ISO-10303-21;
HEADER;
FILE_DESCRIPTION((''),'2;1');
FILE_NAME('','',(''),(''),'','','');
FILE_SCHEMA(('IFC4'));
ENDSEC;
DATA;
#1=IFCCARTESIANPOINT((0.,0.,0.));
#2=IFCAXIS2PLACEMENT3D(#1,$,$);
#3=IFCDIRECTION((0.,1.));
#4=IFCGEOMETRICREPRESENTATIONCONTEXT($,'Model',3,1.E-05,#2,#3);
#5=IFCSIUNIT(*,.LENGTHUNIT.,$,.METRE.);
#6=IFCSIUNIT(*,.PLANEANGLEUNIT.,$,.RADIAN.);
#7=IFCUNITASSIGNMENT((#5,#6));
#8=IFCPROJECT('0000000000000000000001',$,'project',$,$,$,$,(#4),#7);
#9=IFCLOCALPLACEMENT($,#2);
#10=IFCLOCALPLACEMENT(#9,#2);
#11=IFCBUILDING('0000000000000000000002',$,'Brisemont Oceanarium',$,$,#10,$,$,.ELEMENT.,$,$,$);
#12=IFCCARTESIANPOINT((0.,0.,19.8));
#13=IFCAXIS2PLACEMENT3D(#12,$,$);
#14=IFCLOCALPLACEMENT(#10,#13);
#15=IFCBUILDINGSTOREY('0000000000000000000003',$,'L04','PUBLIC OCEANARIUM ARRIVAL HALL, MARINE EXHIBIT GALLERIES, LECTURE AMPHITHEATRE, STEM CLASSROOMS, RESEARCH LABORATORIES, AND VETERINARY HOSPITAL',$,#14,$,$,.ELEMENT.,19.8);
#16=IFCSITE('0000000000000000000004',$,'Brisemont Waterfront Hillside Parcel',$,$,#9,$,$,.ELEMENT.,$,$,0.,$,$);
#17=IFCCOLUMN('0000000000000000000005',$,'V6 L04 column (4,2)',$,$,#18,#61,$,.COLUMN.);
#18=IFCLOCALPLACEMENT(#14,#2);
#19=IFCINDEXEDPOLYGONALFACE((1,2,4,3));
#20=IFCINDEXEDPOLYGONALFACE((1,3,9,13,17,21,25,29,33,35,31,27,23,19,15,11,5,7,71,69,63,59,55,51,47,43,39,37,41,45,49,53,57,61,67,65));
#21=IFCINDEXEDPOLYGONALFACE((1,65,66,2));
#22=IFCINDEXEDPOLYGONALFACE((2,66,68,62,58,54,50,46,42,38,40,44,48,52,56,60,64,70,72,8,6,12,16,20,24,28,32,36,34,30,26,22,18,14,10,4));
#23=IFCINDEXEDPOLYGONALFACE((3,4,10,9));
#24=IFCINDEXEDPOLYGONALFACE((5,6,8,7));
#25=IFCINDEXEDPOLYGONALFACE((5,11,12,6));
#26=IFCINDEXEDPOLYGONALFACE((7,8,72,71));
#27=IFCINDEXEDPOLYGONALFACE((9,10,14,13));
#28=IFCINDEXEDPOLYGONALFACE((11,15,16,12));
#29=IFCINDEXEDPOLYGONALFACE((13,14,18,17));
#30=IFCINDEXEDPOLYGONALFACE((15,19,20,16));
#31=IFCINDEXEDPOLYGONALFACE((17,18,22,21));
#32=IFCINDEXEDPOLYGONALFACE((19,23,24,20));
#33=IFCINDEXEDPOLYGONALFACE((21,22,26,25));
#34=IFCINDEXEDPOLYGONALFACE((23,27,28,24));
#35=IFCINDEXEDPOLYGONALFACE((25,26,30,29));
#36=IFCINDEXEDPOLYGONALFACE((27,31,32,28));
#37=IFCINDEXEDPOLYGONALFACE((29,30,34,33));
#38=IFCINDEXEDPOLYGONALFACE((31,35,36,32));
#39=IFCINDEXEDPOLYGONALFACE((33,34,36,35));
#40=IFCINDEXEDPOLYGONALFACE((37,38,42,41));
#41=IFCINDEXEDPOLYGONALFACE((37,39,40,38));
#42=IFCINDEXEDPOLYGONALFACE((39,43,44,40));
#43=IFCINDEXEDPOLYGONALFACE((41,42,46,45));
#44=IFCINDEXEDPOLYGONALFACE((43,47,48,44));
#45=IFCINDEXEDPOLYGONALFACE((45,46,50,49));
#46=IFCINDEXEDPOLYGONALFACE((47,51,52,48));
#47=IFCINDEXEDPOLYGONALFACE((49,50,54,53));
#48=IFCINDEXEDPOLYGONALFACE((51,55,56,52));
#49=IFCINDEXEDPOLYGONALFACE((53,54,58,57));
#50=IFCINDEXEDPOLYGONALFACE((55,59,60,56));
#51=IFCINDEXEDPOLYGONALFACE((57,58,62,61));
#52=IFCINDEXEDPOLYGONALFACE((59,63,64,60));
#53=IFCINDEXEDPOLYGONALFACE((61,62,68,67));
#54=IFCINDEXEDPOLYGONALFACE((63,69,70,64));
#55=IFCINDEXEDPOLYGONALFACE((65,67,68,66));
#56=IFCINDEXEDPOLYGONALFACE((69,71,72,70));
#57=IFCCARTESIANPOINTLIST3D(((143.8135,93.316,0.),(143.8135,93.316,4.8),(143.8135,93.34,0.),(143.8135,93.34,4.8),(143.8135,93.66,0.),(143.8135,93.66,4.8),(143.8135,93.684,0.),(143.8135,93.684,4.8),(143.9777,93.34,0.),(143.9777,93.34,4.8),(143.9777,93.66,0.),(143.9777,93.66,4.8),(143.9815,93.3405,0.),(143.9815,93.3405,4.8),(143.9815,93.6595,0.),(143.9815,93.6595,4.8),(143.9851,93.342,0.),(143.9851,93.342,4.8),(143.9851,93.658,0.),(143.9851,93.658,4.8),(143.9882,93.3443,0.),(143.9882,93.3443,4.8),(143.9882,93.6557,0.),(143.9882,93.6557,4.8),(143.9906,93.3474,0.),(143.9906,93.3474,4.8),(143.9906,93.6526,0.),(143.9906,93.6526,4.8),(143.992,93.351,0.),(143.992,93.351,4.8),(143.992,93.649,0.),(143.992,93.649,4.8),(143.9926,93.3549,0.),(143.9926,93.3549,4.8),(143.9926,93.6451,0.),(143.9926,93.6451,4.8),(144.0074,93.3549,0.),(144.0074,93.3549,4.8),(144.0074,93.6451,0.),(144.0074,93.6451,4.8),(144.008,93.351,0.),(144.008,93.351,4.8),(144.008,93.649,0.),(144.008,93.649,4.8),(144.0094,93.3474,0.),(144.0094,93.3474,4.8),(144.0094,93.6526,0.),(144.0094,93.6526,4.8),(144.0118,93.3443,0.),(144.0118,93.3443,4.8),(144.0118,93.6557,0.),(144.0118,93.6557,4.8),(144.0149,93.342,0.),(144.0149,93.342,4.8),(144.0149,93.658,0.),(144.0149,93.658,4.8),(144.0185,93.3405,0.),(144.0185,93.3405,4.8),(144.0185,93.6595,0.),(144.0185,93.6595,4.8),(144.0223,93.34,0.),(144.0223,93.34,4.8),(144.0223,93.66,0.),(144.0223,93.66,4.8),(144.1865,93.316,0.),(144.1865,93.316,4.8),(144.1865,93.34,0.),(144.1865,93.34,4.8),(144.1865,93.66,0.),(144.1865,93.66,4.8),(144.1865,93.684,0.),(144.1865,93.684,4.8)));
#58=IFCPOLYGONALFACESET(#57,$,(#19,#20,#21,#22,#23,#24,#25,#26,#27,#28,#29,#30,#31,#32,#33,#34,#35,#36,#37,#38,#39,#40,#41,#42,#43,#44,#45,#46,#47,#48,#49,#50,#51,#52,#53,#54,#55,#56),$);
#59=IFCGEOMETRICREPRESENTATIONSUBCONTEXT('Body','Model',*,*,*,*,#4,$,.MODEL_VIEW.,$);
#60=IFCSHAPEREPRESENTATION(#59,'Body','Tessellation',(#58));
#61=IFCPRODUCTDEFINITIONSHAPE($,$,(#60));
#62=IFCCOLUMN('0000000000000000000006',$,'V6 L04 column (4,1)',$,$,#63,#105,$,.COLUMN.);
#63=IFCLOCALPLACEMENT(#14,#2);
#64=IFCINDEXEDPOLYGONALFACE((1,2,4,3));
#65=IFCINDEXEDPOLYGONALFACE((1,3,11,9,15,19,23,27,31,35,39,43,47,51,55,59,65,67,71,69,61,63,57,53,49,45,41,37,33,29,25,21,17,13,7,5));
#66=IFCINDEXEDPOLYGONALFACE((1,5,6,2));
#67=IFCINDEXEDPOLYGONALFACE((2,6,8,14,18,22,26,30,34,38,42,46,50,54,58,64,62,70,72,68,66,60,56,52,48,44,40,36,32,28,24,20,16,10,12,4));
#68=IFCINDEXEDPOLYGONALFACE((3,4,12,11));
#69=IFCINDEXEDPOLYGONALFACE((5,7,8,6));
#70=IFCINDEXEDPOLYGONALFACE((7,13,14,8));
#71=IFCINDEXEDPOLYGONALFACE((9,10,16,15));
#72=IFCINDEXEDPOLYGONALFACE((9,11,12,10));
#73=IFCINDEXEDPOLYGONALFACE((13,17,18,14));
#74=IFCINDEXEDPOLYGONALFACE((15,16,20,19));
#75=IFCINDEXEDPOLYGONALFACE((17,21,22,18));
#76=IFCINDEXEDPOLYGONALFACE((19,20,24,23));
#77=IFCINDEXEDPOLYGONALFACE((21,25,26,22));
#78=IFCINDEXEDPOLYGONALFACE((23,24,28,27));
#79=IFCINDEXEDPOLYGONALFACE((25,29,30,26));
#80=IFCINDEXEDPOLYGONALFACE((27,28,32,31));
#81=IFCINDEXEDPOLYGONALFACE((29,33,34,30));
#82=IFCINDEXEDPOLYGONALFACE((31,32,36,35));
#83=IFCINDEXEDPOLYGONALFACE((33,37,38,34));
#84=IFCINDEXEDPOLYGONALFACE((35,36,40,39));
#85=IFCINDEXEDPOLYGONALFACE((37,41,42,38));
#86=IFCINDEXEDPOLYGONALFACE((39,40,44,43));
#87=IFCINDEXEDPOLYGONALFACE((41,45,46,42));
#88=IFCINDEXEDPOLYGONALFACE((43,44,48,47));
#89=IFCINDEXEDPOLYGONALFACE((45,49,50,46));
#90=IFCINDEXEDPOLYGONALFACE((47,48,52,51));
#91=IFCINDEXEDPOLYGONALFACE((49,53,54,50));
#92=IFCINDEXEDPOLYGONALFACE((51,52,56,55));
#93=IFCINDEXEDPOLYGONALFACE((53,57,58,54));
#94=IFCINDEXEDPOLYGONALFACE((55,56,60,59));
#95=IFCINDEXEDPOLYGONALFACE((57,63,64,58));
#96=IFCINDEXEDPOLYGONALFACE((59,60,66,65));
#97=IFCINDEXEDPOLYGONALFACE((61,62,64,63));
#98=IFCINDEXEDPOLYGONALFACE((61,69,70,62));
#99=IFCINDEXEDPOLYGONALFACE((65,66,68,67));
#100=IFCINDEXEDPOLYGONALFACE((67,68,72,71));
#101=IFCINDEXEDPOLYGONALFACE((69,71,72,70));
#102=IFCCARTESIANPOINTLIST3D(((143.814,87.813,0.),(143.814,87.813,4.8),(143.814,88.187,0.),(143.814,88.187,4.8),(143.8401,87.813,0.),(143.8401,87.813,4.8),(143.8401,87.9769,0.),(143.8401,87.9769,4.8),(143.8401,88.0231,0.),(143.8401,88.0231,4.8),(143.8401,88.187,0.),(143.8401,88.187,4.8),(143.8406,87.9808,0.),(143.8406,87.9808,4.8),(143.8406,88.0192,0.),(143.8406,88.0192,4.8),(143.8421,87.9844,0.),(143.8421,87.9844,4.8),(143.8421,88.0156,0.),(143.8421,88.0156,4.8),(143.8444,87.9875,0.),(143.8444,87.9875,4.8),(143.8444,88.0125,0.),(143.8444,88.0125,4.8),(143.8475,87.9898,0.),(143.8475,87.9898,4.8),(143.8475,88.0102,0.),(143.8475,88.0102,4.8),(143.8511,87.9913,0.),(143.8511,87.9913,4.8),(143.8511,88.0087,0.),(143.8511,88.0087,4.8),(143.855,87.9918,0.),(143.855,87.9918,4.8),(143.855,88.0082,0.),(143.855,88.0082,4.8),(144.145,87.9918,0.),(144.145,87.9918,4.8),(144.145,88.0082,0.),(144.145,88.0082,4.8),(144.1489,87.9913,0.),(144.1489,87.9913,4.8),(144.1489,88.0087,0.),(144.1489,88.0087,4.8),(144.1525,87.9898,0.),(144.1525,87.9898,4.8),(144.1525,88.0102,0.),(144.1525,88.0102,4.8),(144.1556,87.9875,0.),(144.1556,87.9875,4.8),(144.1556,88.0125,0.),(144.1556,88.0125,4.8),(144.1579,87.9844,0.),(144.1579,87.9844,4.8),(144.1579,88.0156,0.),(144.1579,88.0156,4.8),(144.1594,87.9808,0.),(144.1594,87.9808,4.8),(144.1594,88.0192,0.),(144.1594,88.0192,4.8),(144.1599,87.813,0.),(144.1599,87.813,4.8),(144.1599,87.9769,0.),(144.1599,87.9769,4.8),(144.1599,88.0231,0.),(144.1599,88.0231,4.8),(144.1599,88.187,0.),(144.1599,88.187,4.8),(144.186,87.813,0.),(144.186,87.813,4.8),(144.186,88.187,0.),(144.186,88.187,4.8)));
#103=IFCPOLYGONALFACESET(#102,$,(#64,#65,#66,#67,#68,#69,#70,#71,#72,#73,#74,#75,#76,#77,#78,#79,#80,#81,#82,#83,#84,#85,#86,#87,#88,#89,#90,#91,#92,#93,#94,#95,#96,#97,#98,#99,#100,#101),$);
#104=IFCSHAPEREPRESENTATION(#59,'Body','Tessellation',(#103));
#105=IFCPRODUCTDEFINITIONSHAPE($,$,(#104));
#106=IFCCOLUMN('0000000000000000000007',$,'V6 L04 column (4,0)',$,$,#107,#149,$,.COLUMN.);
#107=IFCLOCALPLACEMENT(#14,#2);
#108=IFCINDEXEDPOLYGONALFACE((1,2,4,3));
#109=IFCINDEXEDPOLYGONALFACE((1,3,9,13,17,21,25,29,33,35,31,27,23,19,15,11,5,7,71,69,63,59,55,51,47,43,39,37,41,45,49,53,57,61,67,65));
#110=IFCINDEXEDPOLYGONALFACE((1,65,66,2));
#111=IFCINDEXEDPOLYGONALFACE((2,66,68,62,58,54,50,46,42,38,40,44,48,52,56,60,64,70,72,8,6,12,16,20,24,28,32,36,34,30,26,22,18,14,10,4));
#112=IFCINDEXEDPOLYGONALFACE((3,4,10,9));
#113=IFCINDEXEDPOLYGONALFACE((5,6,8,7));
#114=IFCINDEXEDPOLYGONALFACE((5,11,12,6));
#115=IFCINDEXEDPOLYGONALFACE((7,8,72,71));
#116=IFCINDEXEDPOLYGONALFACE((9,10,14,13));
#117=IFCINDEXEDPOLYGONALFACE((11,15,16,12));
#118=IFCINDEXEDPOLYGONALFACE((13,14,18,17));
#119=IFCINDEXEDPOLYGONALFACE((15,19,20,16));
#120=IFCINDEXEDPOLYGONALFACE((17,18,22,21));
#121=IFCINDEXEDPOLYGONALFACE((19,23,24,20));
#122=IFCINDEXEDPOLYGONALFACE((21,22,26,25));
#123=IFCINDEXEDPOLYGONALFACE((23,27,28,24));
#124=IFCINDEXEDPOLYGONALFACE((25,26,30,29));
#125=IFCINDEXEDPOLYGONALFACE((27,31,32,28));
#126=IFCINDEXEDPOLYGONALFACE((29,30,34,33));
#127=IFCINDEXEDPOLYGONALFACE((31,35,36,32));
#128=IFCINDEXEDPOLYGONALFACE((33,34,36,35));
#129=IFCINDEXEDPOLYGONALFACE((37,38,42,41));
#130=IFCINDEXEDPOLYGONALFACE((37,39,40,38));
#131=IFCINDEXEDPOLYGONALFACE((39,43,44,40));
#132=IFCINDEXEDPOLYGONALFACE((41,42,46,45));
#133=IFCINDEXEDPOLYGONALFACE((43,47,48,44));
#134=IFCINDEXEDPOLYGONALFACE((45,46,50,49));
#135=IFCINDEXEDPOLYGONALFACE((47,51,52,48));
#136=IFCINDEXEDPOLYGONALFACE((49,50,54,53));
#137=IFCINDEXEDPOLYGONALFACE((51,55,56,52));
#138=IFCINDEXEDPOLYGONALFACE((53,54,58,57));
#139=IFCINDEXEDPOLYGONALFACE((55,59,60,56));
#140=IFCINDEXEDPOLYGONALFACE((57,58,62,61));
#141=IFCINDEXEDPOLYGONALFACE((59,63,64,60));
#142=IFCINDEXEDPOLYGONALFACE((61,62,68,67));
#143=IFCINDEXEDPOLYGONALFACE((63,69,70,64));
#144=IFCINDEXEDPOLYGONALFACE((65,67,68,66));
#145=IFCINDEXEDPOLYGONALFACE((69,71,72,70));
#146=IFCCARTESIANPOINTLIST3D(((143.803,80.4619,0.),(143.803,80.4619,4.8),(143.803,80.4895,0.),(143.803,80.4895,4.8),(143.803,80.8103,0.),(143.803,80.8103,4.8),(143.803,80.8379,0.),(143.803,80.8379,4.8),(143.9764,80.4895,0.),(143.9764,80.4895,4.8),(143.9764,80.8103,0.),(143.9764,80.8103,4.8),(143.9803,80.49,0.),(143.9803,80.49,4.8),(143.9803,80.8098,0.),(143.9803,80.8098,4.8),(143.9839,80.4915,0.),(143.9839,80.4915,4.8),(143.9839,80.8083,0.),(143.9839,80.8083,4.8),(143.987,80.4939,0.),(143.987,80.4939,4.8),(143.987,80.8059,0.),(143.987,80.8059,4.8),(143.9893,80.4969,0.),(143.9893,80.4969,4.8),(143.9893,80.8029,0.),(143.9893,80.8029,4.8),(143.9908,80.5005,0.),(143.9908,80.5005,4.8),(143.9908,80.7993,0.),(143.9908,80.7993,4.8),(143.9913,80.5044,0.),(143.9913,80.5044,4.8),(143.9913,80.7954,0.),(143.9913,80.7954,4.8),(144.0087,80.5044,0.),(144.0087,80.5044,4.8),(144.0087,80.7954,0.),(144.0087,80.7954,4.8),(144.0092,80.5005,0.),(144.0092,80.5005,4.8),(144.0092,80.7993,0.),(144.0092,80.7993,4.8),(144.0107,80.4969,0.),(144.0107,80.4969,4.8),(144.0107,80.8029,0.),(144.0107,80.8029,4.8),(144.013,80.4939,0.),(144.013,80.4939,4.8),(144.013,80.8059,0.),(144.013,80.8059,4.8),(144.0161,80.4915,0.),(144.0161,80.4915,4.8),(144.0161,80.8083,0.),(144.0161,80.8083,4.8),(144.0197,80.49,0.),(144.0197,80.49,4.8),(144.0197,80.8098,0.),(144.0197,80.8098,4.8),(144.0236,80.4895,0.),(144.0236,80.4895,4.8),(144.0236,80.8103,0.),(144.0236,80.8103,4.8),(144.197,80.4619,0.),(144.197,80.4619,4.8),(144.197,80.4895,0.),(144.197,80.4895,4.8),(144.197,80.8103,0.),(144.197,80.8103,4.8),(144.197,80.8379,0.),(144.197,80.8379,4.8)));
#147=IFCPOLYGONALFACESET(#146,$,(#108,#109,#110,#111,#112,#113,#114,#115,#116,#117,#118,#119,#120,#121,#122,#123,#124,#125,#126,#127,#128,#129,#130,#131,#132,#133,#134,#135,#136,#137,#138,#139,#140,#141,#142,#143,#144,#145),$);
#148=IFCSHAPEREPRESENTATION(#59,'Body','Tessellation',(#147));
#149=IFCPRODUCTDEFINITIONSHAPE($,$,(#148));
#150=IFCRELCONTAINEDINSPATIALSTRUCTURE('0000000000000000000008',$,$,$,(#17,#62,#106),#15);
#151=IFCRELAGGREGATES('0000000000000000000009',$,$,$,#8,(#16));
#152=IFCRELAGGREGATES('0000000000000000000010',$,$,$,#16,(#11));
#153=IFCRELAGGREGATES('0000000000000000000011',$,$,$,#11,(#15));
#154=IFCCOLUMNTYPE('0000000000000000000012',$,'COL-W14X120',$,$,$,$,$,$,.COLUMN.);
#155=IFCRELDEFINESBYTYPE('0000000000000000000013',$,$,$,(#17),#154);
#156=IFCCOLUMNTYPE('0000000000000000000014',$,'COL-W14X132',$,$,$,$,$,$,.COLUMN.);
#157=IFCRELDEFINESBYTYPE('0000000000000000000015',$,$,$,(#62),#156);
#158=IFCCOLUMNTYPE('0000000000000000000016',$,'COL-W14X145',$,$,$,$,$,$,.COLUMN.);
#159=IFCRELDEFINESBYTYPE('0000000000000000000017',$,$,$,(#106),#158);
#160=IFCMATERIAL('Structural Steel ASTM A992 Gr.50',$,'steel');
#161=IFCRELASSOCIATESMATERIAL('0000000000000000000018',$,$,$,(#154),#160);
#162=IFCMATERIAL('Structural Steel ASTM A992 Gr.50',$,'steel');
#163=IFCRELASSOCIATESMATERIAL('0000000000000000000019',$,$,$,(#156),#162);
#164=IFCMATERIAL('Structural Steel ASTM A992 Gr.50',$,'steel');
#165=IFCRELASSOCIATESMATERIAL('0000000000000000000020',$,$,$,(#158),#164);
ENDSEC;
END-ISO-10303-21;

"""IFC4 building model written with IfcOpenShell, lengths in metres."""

from ifc_helpers import new_model, si_unit, direction, frame, origin, origin_2d, place, context, subcontext, project, spatial, i_section, extrude, material, material_profile, profile_set, type_object, element, save


model = new_model("IFC4")

# Units and contexts
model_context = context("Model", 3, precision=1e-05, world=origin(), true_north=direction((0.0, 1.0)))
body_context = subcontext(model_context, "Body", "Model", "MODEL_VIEW")
ifc_project = project(units=[si_unit("LENGTHUNIT", "METRE"), si_unit("PLANEANGLEUNIT", "RADIAN")], contexts=[model_context])

# Site, building, storey
site_placement = place(None, origin())
site = spatial("IfcSite", under=ifc_project, at=site_placement, Name="Brisemont Waterfront Hillside Parcel", CompositionType="ELEMENT", RefElevation=0.0)
building_placement = place(site_placement, origin())
building = spatial("IfcBuilding", under=site, at=building_placement, Name="Brisemont Oceanarium", CompositionType="ELEMENT")
storey_placement = place(building_placement, frame((0.0, 0.0, 19.8)))
storey = spatial("IfcBuildingStorey", under=building, at=storey_placement, Name="L04", Description="PUBLIC OCEANARIUM ARRIVAL HALL, MARINE EXHIBIT GALLERIES, LECTURE AMPHITHEATRE, STEM CLASSROOMS, RESEARCH LABORATORIES, AND VETERINARY HOSPITAL", CompositionType="ELEMENT", Elevation=19.8)

# Columns
ifc_material_1 = material(Name="Structural Steel ASTM A992 Gr.50", Category="steel")
ifc_material_profile_1 = material_profile(ifc_material_1, i_section(OverallWidth=0.373, OverallDepth=0.3679, WebThickness=0.0149, FlangeThickness=0.0239, FilletRadius=0.0149, at=origin_2d()), Name="W14X120")
ifc_profile_set_1 = profile_set([ifc_material_profile_1], Name="Structural Steel ASTM A992 Gr.50")
column_type_1 = type_object("IfcColumnType", Name="COL-W14X120", PredefinedType="COLUMN", material=ifc_profile_set_1)
column_1_placement = place(storey_placement, frame((144.0, 93.5, 0.0), z_axis=(0.0, 0.0, 1.0), x_axis=(1.0, 0.0, 0.0)))
element("IfcColumn", 1, at=column_1_placement, inside=storey, type_object=column_type_1, Name="V6 L04 column (4,2)", PredefinedType="COLUMN", context=body_context, shape_type="SweptSolid", body=[
    extrude(i_section(OverallWidth=0.373, OverallDepth=0.3679, WebThickness=0.0149, FlangeThickness=0.0239, FilletRadius=0.0149, at=origin_2d()), origin(), (0.0, 0.0, 1.0), 4.8),
])
ifc_material_2 = material(Name="Structural Steel ASTM A992 Gr.50", Category="steel")
ifc_material_profile_2 = material_profile(ifc_material_2, i_section(OverallWidth=0.374, OverallDepth=0.3721, WebThickness=0.0164, FlangeThickness=0.0261, FilletRadius=0.0149, at=origin_2d()), Name="W14X132")
ifc_profile_set_2 = profile_set([ifc_material_profile_2], Name="Structural Steel ASTM A992 Gr.50")
column_type_2 = type_object("IfcColumnType", Name="COL-W14X132", PredefinedType="COLUMN", material=ifc_profile_set_2)
column_2_placement = place(storey_placement, frame((144.0, 88.0, 0.0), z_axis=(0.0, 0.0, 1.0), x_axis=(0.0, 1.0, 0.0)))
element("IfcColumn", 2, at=column_2_placement, inside=storey, type_object=column_type_2, Name="V6 L04 column (4,1)", PredefinedType="COLUMN", context=body_context, shape_type="SweptSolid", body=[
    extrude(i_section(OverallWidth=0.374, OverallDepth=0.3721, WebThickness=0.0164, FlangeThickness=0.0261, FilletRadius=0.0149, at=origin_2d()), origin(), (0.0, 0.0, 1.0), 4.8),
])
ifc_material_3 = material(Name="Structural Steel ASTM A992 Gr.50", Category="steel")
ifc_material_profile_3 = material_profile(ifc_material_3, i_section(OverallWidth=0.394, OverallDepth=0.376, WebThickness=0.0173, FlangeThickness=0.0276, FilletRadius=0.0149, at=origin_2d()), Name="W14X145")
ifc_profile_set_3 = profile_set([ifc_material_profile_3], Name="Structural Steel ASTM A992 Gr.50")
column_type_3 = type_object("IfcColumnType", Name="COL-W14X145", PredefinedType="COLUMN", material=ifc_profile_set_3)
column_3_placement = place(storey_placement, frame((144.0, 80.6499, 0.0), z_axis=(0.0, 0.0, 1.0), x_axis=(1.0, 0.0, 0.0)))
element("IfcColumn", 3, at=column_3_placement, inside=storey, type_object=column_type_3, Name="V6 L04 column (4,0)", PredefinedType="COLUMN", context=body_context, shape_type="SweptSolid", body=[
    extrude(i_section(OverallWidth=0.394, OverallDepth=0.376, WebThickness=0.0173, FlangeThickness=0.0276, FilletRadius=0.0149, at=origin_2d()), origin(), (0.0, 0.0, 1.0), 4.8),
])

save(model, "model.ifc")
